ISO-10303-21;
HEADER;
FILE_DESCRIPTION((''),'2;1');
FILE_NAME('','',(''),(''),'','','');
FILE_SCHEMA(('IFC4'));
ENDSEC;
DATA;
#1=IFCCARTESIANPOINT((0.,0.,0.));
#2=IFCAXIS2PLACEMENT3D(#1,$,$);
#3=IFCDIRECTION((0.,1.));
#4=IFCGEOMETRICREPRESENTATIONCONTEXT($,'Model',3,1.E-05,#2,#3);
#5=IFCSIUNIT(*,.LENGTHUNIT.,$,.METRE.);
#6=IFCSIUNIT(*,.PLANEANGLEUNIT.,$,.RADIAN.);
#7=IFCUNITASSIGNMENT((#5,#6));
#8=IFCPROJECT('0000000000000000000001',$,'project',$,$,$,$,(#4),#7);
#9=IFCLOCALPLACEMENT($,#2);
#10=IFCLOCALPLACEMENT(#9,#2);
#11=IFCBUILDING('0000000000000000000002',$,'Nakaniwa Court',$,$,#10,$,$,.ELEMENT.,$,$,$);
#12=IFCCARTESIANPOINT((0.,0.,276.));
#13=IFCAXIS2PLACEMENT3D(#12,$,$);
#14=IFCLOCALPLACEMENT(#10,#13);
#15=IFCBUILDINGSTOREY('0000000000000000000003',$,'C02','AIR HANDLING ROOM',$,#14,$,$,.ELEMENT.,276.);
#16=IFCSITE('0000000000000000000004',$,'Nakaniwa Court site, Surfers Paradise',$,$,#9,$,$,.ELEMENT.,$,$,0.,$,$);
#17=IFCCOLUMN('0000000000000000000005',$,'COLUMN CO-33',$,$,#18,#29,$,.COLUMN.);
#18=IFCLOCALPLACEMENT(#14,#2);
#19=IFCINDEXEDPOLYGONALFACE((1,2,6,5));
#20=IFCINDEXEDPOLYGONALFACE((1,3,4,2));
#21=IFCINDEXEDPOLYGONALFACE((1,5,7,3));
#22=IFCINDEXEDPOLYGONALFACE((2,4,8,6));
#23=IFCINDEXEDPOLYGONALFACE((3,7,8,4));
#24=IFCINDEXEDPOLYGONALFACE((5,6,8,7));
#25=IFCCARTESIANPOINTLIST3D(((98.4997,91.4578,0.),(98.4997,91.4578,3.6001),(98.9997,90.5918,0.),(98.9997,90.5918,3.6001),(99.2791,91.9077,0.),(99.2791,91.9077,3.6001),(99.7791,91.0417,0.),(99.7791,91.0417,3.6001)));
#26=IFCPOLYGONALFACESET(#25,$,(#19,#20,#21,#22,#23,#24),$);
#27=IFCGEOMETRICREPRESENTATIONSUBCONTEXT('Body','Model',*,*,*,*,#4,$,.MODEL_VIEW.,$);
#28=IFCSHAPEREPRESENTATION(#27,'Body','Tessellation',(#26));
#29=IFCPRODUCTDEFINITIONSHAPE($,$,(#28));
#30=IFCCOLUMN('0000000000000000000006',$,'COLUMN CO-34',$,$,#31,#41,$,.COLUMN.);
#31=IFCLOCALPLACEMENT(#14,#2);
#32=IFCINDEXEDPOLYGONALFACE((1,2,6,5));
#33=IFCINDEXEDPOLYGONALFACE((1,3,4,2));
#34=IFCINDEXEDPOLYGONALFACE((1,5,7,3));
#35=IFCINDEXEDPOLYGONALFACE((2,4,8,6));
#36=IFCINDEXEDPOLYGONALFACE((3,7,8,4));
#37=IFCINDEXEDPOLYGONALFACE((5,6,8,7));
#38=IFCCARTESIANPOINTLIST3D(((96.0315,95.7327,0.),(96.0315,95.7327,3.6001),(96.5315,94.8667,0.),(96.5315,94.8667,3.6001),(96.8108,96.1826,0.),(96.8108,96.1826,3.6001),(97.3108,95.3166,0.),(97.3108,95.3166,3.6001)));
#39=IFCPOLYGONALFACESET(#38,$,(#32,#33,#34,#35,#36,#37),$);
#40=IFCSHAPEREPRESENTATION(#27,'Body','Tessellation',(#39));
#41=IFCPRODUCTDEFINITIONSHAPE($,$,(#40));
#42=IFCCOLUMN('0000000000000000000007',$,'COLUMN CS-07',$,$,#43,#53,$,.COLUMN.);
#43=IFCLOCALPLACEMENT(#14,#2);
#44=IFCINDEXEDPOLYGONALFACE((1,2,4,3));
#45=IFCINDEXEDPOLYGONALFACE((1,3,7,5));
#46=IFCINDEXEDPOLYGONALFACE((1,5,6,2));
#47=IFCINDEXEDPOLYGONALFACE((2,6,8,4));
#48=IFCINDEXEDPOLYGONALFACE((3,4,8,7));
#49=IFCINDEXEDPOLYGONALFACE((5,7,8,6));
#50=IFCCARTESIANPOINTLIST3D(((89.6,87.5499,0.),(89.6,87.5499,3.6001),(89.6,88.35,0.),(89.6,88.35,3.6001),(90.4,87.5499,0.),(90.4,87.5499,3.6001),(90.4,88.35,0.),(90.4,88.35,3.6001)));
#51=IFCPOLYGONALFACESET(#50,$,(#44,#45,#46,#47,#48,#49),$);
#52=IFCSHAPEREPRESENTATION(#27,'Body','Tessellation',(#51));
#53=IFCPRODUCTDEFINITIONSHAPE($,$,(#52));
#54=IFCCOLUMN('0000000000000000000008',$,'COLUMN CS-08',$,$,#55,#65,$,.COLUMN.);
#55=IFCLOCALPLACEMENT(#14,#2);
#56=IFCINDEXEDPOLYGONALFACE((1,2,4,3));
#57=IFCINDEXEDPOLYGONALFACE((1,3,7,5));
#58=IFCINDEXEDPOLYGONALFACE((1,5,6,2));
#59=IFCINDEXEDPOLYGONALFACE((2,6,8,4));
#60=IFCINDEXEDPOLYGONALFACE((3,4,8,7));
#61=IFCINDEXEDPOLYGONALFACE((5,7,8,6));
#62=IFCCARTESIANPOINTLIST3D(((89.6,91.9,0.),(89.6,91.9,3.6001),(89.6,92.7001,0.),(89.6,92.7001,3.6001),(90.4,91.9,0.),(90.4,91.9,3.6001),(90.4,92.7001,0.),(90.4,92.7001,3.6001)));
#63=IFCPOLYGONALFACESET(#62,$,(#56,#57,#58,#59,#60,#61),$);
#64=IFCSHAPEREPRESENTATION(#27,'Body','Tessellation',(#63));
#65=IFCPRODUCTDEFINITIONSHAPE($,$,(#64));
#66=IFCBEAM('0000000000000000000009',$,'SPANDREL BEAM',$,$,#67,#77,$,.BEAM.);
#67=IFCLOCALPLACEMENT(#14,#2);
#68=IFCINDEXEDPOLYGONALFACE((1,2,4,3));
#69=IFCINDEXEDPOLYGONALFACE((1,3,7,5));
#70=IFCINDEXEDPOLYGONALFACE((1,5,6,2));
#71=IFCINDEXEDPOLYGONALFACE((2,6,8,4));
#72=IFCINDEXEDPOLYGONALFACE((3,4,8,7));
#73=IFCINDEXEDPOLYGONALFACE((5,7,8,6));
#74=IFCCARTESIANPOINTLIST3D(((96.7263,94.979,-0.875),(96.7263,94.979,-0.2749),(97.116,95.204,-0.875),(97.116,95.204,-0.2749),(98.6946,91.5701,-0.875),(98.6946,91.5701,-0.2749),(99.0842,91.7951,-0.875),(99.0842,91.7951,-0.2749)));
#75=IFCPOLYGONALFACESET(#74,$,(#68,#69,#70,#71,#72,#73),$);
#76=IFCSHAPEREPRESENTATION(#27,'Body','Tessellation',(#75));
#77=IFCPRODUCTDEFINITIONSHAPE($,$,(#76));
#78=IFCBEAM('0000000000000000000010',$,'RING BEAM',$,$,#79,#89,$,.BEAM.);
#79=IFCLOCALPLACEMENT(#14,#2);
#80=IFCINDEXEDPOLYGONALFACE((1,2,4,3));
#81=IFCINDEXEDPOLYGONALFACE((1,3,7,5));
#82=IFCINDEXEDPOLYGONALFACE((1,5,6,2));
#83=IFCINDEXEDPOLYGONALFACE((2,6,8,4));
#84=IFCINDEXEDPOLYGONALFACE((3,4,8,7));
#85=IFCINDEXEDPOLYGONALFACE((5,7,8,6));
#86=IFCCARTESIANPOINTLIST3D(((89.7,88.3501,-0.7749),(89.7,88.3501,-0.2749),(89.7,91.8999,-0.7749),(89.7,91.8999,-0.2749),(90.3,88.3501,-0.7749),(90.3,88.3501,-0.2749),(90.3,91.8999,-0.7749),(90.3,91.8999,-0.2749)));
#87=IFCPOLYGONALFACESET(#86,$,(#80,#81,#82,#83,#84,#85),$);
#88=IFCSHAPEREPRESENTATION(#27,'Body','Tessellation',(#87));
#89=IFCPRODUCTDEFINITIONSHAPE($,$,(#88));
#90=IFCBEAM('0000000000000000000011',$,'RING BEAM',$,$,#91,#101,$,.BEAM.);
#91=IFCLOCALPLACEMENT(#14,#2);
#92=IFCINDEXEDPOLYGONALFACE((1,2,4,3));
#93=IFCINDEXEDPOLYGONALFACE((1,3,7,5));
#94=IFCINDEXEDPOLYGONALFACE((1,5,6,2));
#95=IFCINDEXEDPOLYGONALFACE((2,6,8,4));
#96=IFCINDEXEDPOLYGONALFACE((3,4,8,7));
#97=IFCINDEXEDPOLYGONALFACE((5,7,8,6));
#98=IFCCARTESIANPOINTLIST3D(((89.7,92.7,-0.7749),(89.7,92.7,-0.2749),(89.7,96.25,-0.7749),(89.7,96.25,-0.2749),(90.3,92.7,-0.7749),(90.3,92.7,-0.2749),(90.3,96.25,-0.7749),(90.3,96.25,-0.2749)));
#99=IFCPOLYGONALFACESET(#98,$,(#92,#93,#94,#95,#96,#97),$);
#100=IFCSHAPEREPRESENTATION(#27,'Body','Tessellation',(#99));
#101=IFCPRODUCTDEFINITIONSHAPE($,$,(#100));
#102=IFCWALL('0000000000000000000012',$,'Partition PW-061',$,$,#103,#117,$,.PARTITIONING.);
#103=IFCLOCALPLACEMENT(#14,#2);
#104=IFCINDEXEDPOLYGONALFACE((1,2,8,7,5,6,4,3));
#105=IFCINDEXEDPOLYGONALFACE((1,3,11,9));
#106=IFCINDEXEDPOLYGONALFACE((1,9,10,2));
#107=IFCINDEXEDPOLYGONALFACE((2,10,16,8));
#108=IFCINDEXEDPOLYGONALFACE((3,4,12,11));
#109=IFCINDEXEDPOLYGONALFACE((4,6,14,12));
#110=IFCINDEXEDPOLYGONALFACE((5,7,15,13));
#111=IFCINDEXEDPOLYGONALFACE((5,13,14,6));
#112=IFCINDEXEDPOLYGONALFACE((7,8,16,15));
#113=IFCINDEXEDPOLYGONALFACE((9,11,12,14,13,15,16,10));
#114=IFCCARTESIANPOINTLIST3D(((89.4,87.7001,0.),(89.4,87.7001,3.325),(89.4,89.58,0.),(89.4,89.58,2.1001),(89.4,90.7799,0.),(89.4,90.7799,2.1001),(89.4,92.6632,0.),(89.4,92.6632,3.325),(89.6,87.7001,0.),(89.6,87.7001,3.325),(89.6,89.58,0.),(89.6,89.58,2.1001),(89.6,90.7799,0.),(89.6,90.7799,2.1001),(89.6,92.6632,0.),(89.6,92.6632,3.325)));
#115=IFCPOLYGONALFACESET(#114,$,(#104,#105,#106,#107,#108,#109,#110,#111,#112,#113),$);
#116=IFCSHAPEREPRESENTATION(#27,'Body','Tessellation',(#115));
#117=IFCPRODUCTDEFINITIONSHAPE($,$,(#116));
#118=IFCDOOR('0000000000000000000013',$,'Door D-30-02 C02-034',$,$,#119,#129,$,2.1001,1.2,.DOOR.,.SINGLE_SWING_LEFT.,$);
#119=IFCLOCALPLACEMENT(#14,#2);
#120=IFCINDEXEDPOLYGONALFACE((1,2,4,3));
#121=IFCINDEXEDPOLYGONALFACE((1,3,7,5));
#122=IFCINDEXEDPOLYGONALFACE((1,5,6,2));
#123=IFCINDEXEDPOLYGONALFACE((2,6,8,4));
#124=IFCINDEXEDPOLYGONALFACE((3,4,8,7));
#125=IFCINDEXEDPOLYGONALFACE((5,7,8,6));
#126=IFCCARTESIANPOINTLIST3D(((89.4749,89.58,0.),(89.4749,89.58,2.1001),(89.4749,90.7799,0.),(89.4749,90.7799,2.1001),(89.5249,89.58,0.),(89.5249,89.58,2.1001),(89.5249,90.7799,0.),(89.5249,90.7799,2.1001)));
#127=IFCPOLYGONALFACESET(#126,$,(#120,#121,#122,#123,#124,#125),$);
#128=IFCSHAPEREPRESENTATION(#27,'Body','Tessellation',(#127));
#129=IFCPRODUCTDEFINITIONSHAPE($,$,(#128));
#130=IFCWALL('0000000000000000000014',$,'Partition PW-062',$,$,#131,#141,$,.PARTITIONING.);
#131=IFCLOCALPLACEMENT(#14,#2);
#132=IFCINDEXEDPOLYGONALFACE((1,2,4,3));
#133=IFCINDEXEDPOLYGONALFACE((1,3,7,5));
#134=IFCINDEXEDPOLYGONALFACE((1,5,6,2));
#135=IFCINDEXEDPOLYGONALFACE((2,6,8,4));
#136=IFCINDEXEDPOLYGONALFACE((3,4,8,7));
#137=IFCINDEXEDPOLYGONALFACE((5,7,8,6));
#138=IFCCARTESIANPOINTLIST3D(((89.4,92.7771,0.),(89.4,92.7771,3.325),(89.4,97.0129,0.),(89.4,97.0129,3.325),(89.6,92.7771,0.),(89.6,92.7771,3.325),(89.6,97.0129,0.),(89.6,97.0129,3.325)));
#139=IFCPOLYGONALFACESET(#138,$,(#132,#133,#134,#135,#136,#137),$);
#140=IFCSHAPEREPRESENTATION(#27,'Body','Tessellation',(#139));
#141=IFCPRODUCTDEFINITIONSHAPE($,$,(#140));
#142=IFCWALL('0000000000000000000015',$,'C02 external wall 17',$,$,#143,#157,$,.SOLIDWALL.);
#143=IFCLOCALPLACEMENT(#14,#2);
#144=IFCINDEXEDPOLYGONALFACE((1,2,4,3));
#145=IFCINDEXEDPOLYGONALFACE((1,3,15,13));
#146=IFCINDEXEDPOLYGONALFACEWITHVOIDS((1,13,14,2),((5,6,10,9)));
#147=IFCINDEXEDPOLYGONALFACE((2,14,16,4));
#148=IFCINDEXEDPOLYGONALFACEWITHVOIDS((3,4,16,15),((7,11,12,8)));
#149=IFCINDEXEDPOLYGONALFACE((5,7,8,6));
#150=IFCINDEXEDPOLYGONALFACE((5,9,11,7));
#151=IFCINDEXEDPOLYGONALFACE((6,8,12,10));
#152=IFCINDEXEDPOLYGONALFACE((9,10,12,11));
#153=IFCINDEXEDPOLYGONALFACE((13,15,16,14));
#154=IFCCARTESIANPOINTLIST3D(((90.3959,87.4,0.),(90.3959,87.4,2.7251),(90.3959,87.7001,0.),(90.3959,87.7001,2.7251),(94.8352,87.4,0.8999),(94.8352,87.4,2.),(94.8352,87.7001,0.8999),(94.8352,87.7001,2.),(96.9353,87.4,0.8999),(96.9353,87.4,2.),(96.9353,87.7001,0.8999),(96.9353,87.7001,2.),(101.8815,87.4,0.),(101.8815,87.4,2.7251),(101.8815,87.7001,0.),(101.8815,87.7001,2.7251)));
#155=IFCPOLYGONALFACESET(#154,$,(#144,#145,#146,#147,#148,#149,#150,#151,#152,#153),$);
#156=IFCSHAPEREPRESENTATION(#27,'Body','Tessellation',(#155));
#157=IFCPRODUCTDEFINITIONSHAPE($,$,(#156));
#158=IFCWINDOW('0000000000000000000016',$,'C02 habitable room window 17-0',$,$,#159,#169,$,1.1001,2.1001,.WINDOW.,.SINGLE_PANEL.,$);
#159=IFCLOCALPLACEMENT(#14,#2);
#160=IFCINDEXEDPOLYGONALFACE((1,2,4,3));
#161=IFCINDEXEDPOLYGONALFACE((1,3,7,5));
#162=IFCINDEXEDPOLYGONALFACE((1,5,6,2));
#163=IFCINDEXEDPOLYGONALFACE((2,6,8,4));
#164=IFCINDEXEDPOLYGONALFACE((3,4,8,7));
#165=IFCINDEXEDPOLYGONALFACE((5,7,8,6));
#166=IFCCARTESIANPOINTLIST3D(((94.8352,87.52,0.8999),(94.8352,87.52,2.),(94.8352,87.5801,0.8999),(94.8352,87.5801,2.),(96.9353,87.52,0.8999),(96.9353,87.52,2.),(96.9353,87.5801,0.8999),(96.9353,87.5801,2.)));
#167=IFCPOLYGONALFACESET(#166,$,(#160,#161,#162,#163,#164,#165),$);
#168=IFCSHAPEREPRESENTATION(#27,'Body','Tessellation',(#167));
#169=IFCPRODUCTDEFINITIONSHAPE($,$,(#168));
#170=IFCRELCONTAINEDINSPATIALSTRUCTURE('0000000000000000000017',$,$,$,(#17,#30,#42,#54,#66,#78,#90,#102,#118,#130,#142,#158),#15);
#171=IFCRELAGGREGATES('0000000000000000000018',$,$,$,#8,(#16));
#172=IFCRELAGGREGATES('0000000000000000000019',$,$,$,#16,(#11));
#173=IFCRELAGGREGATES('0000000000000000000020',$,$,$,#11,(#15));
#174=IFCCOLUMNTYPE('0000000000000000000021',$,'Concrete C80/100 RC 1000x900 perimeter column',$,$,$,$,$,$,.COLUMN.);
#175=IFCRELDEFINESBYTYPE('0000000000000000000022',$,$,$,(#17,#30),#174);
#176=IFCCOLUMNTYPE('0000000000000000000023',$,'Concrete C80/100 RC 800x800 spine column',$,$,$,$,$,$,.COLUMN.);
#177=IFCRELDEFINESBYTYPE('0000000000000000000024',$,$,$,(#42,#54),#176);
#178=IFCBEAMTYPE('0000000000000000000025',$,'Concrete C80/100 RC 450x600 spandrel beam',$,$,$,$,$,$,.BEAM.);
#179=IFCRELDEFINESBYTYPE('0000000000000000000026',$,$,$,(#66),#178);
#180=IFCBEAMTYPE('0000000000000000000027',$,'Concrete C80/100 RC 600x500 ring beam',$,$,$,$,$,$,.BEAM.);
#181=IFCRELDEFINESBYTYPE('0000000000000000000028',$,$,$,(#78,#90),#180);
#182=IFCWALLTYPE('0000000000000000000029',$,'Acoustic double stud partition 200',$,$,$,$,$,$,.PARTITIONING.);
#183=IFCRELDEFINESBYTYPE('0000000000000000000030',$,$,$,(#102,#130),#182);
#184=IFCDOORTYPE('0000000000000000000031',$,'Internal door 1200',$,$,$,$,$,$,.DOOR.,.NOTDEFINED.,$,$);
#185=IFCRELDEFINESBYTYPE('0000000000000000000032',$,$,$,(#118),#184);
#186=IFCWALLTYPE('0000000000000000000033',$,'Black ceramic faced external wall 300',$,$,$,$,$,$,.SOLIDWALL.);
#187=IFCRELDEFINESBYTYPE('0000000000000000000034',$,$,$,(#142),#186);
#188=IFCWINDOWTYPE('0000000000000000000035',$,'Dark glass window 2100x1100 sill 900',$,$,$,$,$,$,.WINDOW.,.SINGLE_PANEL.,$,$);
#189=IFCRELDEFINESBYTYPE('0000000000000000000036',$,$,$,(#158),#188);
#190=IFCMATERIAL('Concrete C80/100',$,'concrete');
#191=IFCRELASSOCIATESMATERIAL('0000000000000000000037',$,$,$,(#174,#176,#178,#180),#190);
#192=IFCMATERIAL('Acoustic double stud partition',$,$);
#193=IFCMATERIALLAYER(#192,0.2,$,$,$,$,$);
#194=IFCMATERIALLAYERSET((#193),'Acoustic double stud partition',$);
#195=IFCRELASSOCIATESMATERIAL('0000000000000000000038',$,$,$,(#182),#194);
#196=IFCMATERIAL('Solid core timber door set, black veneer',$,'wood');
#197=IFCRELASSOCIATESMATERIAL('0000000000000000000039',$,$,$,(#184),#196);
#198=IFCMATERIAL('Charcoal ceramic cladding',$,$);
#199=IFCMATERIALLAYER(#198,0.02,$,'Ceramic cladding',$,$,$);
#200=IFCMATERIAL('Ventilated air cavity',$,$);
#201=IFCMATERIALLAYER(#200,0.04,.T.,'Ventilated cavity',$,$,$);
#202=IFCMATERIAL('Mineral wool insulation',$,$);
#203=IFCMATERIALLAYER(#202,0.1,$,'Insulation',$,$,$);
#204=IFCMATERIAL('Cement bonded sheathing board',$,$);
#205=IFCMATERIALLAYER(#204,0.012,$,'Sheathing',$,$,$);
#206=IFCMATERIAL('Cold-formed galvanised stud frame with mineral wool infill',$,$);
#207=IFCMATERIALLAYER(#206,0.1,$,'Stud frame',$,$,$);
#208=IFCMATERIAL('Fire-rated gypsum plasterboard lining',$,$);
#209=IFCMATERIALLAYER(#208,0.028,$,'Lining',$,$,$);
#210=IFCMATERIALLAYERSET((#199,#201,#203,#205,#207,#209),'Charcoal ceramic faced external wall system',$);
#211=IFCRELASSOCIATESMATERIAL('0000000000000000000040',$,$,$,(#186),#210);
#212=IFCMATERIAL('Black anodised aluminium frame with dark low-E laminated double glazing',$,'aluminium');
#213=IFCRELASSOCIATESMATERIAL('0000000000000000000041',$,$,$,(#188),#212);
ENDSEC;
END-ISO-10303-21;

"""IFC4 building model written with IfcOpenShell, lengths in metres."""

from ifc_helpers import new_model, si_unit, direction, frame, frame_2d, origin, origin_2d, place, context, subcontext, project, spatial, rectangle, extrude, material, layer, layer_set, material_profile, profile_set, type_object, element, fill, save


model = new_model("IFC4")

# Units and contexts
model_context = context("Model", 3, precision=1e-05, world=origin(), true_north=direction((0.0, 1.0)))
body_context = subcontext(model_context, "Body", "Model", "MODEL_VIEW")
ifc_project = project(units=[si_unit("LENGTHUNIT", "METRE"), si_unit("PLANEANGLEUNIT", "RADIAN")], contexts=[model_context])

# Site, building, storey
site_placement = place(None, origin())
site = spatial("IfcSite", under=ifc_project, at=site_placement, Name="Nakaniwa Court site, Surfers Paradise", CompositionType="ELEMENT", RefElevation=0.0)
building_placement = place(site_placement, origin())
building = spatial("IfcBuilding", under=site, at=building_placement, Name="Nakaniwa Court", CompositionType="ELEMENT")
storey_placement = place(building_placement, frame((0.0, 0.0, 276.0)))
storey = spatial("IfcBuildingStorey", under=building, at=storey_placement, Name="C02", Description="AIR HANDLING ROOM", CompositionType="ELEMENT", Elevation=276.0)

# Columns
ifc_material_1 = material(Name="Concrete C80/100", Category="concrete")
ifc_material_profile_1 = material_profile(ifc_material_1, rectangle(XDim=1.0, YDim=0.8999, at=origin_2d()), Name="Concrete C80/100 RC 1000x900 perimeter column")
ifc_profile_set_1 = profile_set([ifc_material_profile_1], Name="Concrete C80/100")
column_type_1 = type_object("IfcColumnType", Name="Concrete C80/100 RC 1000x900 perimeter column", PredefinedType="COLUMN", material=ifc_profile_set_1)
for number, where, z_axis, x_axis, name in (
    (1, (99.1394, 91.2498, 0.0), (0.0, 0.0, 1.0), (-0.5, 0.866025, 0.0), "COLUMN CO-33"),
    (2, (96.6711, 95.5247, 0.0), (0.0, 0.0, 1.0), (-0.5, 0.866025, 0.0), "COLUMN CO-34"),
):
    element("IfcColumn", number, at=place(storey_placement, frame(where, z_axis=z_axis, x_axis=x_axis)), inside=storey, type_object=column_type_1, Name=name, PredefinedType="COLUMN", context=body_context, shape_type="SweptSolid", body=[
        extrude(rectangle(XDim=1.0, YDim=0.8999, at=origin_2d()), origin(), (0.0, 0.0, 1.0), 3.6001),
    ])
ifc_material_profile_2 = material_profile(ifc_material_1, rectangle(XDim=0.8, YDim=0.8, at=origin_2d()), Name="Concrete C80/100 RC 800x800 spine column")
ifc_profile_set_2 = profile_set([ifc_material_profile_2], Name="Concrete C80/100")
column_type_2 = type_object("IfcColumnType", Name="Concrete C80/100 RC 800x800 spine column", PredefinedType="COLUMN", material=ifc_profile_set_2)
for number, where, z_axis, x_axis, name in (
    (3, (90.0, 87.95, 0.0), (0.0, 0.0, 1.0), (0.0, 1.0, 0.0), "COLUMN CS-07"),
    (4, (90.0, 92.3, 0.0), (0.0, 0.0, 1.0), (0.0, 1.0, 0.0), "COLUMN CS-08"),
):
    element("IfcColumn", number, at=place(storey_placement, frame(where, z_axis=z_axis, x_axis=x_axis)), inside=storey, type_object=column_type_2, Name=name, PredefinedType="COLUMN", context=body_context, shape_type="SweptSolid", body=[
        extrude(rectangle(XDim=0.8, YDim=0.8, at=origin_2d()), origin(), (0.0, 0.0, 1.0), 3.6001),
    ])

# Beams
ifc_material_profile_3 = material_profile(ifc_material_1, rectangle(XDim=0.45, YDim=0.6001, at=origin_2d()), Name="Concrete C80/100 RC 450x600 spandrel beam")
ifc_profile_set_3 = profile_set([ifc_material_profile_3], Name="Concrete C80/100")
beam_type_1 = type_object("IfcBeamType", Name="Concrete C80/100 RC 450x600 spandrel beam", PredefinedType="BEAM", material=ifc_profile_set_3)
beam_1_placement = place(storey_placement, frame((98.8894, 91.6826, -0.575), z_axis=(-0.500021, 0.866013, 0.0), x_axis=(-0.866013, -0.500021, 0.0)))
element("IfcBeam", 5, at=beam_1_placement, inside=storey, type_object=beam_type_1, Name="SPANDREL BEAM", PredefinedType="BEAM", context=body_context, shape_type="SweptSolid", body=[
    extrude(rectangle(XDim=0.45, YDim=0.6001, at=origin_2d()), origin(), (0.0, 0.0, 1.0), 3.9363),
])
ifc_material_profile_4 = material_profile(ifc_material_1, rectangle(XDim=0.6001, YDim=0.5, at=origin_2d()), Name="Concrete C80/100 RC 600x500 ring beam")
ifc_profile_set_4 = profile_set([ifc_material_profile_4], Name="Concrete C80/100")
beam_type_2 = type_object("IfcBeamType", Name="Concrete C80/100 RC 600x500 ring beam", PredefinedType="BEAM", material=ifc_profile_set_4)
beam_2_placement = place(storey_placement, frame((90.0, 88.3501, -0.5249), z_axis=(0.0, 1.0, 0.0), x_axis=(-1.0, 0.0, 0.0)))
element("IfcBeam", 6, at=beam_2_placement, inside=storey, type_object=beam_type_2, Name="RING BEAM", PredefinedType="BEAM", context=body_context, shape_type="SweptSolid", body=[
    extrude(rectangle(XDim=0.6001, YDim=0.5, at=origin_2d()), origin(), (0.0, 0.0, 1.0), 3.5498),
])
beam_3_placement = place(storey_placement, frame((90.0, 92.7, -0.5249), z_axis=(0.0, 1.0, 0.0), x_axis=(-1.0, 0.0, 0.0)))
element("IfcBeam", 7, at=beam_3_placement, inside=storey, type_object=beam_type_2, Name="RING BEAM", PredefinedType="BEAM", context=body_context, shape_type="SweptSolid", body=[
    extrude(rectangle(XDim=0.6001, YDim=0.5, at=origin_2d()), origin(), (0.0, 0.0, 1.0), 3.55),
])

# Wall, opening, door
ifc_material_2 = material(Name="Acoustic double stud partition")
ifc_layer_1 = layer(ifc_material_2, 0.2)
ifc_layer_set_1 = layer_set([ifc_layer_1], Name="Acoustic double stud partition")
wall_type_1 = type_object("IfcWallType", Name="Acoustic double stud partition 200", PredefinedType="PARTITIONING", material=ifc_layer_set_1)
wall_1_placement = place(storey_placement, frame((89.5, 92.6631, 0.0), z_axis=(0.0, 0.0, 1.0), x_axis=(0.0, -1.0, 0.0)))
wall_1 = element("IfcWall", 8, at=wall_1_placement, inside=storey, type_object=wall_type_1, Name="Partition PW-061", PredefinedType="PARTITIONING", context=body_context, shape_type="SweptSolid", body=[
    extrude(rectangle(XDim=4.9631, YDim=0.2, at=frame_2d((2.4814, 0.0))), origin(), (0.0, 0.0, 1.0), 3.325),
])
opening_1_placement = place(wall_1_placement, frame((1.8831, 0.0, 0.0)))
opening_1 = element("IfcOpeningElement", 9, at=opening_1_placement, cuts=wall_1, PredefinedType="OPENING", context=body_context, shape_type="SweptSolid", body=[
    extrude(rectangle(XDim=1.2, YDim=2.1001, at=frame_2d((0.6001, 1.05))), frame((0.0, 0.1099, 0.0), z_axis=(0.0, -1.0, 0.0), x_axis=(1.0, 0.0, 0.0)), (0.0, 0.0, 1.0), 0.22),
])
ifc_material_3 = material(Name="Solid core timber door set, black veneer", Category="wood")
door_type = type_object("IfcDoorType", Name="Internal door 1200", OperationType="NOTDEFINED", PredefinedType="DOOR", material=ifc_material_3)
door_placement = place(opening_1_placement, origin())
door = element("IfcDoor", 10, at=door_placement, inside=storey, type_object=door_type, Name="Door D-30-02 C02-034", OperationType="SINGLE_SWING_LEFT", OverallHeight=2.1001, OverallWidth=1.2, PredefinedType="DOOR", context=body_context, shape_type="SweptSolid", body=[
    extrude(rectangle(XDim=1.2, YDim=2.1001, at=frame_2d((0.6001, 1.05))), frame((0.0, 0.0249, 0.0), z_axis=(0.0, -1.0, 0.0), x_axis=(1.0, 0.0, 0.0)), (0.0, 0.0, 1.0), 0.05),
])
fill(opening_1, door)

# Wall
wall_2_placement = place(storey_placement, frame((89.5, 92.7771, 0.0), z_axis=(0.0, 0.0, 1.0), x_axis=(0.0, 1.0, 0.0)))
element("IfcWall", 11, at=wall_2_placement, inside=storey, type_object=wall_type_1, Name="Partition PW-062", PredefinedType="PARTITIONING", context=body_context, shape_type="SweptSolid", body=[
    extrude(rectangle(XDim=4.2358, YDim=0.2, at=frame_2d((2.1179, 0.0))), origin(), (0.0, 0.0, 1.0), 3.325),
])

# Wall, opening, window
ifc_material_4 = material(Name="Charcoal ceramic cladding")
ifc_layer_2 = layer(ifc_material_4, 0.02, Name="Ceramic cladding")
ifc_material_5 = material(Name="Ventilated air cavity")
ifc_layer_3 = layer(ifc_material_5, 0.04, ventilated=True, Name="Ventilated cavity")
ifc_material_6 = material(Name="Mineral wool insulation")
ifc_layer_4 = layer(ifc_material_6, 0.1, Name="Insulation")
ifc_material_7 = material(Name="Cement bonded sheathing board")
ifc_layer_5 = layer(ifc_material_7, 0.012, Name="Sheathing")
ifc_material_8 = material(Name="Cold-formed galvanised stud frame with mineral wool infill")
ifc_layer_6 = layer(ifc_material_8, 0.1, Name="Stud frame")
ifc_material_9 = material(Name="Fire-rated gypsum plasterboard lining")
ifc_layer_7 = layer(ifc_material_9, 0.028, Name="Lining")
ifc_layer_set_2 = layer_set([ifc_layer_2, ifc_layer_3, ifc_layer_4, ifc_layer_5, ifc_layer_6, ifc_layer_7], Name="Charcoal ceramic faced external wall system")
wall_type_2 = type_object("IfcWallType", Name="Black ceramic faced external wall 300", PredefinedType="SOLIDWALL", material=ifc_layer_set_2)
wall_3_placement = place(storey_placement, frame((90.396, 87.55, 0.0), z_axis=(0.0, 0.0, 1.0), x_axis=(1.0, 0.0, 0.0)))
wall_3 = element("IfcWall", 12, at=wall_3_placement, inside=storey, type_object=wall_type_2, Name="C02 external wall 17", PredefinedType="SOLIDWALL", context=body_context, shape_type="SweptSolid", body=[
    extrude(rectangle(XDim=11.4856, YDim=0.3, at=frame_2d((5.7427, 0.0))), origin(), (0.0, 0.0, 1.0), 2.7251),
])
opening_2_placement = place(wall_3_placement, frame((4.4392, 0.0, 0.8999)))
opening_2 = element("IfcOpeningElement", 13, at=opening_2_placement, cuts=wall_3, PredefinedType="OPENING", context=body_context, shape_type="SweptSolid", body=[
    extrude(rectangle(XDim=2.1001, YDim=1.1001, at=frame_2d((1.05, 0.55))), frame((0.0, 0.1599, 0.0), z_axis=(0.0, -1.0, 0.0), x_axis=(1.0, 0.0, 0.0)), (0.0, 0.0, 1.0), 0.3201),
])
ifc_material_10 = material(Name="Black anodised aluminium frame with dark low-E laminated double glazing", Category="aluminium")
window_type = type_object("IfcWindowType", Name="Dark glass window 2100x1100 sill 900", PartitioningType="SINGLE_PANEL", PredefinedType="WINDOW", material=ifc_material_10)
window_1_placement = place(opening_2_placement, origin())
window_1 = element("IfcWindow", 14, at=window_1_placement, inside=storey, type_object=window_type, Name="C02 habitable room window 17-0", OverallHeight=1.1001, OverallWidth=2.1001, PartitioningType="SINGLE_PANEL", PredefinedType="WINDOW", context=body_context, shape_type="SweptSolid", body=[
    extrude(rectangle(XDim=2.1001, YDim=1.1001, at=frame_2d((1.05, 0.55))), frame((0.0, 0.03, 0.0), z_axis=(0.0, -1.0, 0.0), x_axis=(1.0, 0.0, 0.0)), (0.0, 0.0, 1.0), 0.0601),
])
fill(opening_2, window_1)

save(model, "model.ifc")
